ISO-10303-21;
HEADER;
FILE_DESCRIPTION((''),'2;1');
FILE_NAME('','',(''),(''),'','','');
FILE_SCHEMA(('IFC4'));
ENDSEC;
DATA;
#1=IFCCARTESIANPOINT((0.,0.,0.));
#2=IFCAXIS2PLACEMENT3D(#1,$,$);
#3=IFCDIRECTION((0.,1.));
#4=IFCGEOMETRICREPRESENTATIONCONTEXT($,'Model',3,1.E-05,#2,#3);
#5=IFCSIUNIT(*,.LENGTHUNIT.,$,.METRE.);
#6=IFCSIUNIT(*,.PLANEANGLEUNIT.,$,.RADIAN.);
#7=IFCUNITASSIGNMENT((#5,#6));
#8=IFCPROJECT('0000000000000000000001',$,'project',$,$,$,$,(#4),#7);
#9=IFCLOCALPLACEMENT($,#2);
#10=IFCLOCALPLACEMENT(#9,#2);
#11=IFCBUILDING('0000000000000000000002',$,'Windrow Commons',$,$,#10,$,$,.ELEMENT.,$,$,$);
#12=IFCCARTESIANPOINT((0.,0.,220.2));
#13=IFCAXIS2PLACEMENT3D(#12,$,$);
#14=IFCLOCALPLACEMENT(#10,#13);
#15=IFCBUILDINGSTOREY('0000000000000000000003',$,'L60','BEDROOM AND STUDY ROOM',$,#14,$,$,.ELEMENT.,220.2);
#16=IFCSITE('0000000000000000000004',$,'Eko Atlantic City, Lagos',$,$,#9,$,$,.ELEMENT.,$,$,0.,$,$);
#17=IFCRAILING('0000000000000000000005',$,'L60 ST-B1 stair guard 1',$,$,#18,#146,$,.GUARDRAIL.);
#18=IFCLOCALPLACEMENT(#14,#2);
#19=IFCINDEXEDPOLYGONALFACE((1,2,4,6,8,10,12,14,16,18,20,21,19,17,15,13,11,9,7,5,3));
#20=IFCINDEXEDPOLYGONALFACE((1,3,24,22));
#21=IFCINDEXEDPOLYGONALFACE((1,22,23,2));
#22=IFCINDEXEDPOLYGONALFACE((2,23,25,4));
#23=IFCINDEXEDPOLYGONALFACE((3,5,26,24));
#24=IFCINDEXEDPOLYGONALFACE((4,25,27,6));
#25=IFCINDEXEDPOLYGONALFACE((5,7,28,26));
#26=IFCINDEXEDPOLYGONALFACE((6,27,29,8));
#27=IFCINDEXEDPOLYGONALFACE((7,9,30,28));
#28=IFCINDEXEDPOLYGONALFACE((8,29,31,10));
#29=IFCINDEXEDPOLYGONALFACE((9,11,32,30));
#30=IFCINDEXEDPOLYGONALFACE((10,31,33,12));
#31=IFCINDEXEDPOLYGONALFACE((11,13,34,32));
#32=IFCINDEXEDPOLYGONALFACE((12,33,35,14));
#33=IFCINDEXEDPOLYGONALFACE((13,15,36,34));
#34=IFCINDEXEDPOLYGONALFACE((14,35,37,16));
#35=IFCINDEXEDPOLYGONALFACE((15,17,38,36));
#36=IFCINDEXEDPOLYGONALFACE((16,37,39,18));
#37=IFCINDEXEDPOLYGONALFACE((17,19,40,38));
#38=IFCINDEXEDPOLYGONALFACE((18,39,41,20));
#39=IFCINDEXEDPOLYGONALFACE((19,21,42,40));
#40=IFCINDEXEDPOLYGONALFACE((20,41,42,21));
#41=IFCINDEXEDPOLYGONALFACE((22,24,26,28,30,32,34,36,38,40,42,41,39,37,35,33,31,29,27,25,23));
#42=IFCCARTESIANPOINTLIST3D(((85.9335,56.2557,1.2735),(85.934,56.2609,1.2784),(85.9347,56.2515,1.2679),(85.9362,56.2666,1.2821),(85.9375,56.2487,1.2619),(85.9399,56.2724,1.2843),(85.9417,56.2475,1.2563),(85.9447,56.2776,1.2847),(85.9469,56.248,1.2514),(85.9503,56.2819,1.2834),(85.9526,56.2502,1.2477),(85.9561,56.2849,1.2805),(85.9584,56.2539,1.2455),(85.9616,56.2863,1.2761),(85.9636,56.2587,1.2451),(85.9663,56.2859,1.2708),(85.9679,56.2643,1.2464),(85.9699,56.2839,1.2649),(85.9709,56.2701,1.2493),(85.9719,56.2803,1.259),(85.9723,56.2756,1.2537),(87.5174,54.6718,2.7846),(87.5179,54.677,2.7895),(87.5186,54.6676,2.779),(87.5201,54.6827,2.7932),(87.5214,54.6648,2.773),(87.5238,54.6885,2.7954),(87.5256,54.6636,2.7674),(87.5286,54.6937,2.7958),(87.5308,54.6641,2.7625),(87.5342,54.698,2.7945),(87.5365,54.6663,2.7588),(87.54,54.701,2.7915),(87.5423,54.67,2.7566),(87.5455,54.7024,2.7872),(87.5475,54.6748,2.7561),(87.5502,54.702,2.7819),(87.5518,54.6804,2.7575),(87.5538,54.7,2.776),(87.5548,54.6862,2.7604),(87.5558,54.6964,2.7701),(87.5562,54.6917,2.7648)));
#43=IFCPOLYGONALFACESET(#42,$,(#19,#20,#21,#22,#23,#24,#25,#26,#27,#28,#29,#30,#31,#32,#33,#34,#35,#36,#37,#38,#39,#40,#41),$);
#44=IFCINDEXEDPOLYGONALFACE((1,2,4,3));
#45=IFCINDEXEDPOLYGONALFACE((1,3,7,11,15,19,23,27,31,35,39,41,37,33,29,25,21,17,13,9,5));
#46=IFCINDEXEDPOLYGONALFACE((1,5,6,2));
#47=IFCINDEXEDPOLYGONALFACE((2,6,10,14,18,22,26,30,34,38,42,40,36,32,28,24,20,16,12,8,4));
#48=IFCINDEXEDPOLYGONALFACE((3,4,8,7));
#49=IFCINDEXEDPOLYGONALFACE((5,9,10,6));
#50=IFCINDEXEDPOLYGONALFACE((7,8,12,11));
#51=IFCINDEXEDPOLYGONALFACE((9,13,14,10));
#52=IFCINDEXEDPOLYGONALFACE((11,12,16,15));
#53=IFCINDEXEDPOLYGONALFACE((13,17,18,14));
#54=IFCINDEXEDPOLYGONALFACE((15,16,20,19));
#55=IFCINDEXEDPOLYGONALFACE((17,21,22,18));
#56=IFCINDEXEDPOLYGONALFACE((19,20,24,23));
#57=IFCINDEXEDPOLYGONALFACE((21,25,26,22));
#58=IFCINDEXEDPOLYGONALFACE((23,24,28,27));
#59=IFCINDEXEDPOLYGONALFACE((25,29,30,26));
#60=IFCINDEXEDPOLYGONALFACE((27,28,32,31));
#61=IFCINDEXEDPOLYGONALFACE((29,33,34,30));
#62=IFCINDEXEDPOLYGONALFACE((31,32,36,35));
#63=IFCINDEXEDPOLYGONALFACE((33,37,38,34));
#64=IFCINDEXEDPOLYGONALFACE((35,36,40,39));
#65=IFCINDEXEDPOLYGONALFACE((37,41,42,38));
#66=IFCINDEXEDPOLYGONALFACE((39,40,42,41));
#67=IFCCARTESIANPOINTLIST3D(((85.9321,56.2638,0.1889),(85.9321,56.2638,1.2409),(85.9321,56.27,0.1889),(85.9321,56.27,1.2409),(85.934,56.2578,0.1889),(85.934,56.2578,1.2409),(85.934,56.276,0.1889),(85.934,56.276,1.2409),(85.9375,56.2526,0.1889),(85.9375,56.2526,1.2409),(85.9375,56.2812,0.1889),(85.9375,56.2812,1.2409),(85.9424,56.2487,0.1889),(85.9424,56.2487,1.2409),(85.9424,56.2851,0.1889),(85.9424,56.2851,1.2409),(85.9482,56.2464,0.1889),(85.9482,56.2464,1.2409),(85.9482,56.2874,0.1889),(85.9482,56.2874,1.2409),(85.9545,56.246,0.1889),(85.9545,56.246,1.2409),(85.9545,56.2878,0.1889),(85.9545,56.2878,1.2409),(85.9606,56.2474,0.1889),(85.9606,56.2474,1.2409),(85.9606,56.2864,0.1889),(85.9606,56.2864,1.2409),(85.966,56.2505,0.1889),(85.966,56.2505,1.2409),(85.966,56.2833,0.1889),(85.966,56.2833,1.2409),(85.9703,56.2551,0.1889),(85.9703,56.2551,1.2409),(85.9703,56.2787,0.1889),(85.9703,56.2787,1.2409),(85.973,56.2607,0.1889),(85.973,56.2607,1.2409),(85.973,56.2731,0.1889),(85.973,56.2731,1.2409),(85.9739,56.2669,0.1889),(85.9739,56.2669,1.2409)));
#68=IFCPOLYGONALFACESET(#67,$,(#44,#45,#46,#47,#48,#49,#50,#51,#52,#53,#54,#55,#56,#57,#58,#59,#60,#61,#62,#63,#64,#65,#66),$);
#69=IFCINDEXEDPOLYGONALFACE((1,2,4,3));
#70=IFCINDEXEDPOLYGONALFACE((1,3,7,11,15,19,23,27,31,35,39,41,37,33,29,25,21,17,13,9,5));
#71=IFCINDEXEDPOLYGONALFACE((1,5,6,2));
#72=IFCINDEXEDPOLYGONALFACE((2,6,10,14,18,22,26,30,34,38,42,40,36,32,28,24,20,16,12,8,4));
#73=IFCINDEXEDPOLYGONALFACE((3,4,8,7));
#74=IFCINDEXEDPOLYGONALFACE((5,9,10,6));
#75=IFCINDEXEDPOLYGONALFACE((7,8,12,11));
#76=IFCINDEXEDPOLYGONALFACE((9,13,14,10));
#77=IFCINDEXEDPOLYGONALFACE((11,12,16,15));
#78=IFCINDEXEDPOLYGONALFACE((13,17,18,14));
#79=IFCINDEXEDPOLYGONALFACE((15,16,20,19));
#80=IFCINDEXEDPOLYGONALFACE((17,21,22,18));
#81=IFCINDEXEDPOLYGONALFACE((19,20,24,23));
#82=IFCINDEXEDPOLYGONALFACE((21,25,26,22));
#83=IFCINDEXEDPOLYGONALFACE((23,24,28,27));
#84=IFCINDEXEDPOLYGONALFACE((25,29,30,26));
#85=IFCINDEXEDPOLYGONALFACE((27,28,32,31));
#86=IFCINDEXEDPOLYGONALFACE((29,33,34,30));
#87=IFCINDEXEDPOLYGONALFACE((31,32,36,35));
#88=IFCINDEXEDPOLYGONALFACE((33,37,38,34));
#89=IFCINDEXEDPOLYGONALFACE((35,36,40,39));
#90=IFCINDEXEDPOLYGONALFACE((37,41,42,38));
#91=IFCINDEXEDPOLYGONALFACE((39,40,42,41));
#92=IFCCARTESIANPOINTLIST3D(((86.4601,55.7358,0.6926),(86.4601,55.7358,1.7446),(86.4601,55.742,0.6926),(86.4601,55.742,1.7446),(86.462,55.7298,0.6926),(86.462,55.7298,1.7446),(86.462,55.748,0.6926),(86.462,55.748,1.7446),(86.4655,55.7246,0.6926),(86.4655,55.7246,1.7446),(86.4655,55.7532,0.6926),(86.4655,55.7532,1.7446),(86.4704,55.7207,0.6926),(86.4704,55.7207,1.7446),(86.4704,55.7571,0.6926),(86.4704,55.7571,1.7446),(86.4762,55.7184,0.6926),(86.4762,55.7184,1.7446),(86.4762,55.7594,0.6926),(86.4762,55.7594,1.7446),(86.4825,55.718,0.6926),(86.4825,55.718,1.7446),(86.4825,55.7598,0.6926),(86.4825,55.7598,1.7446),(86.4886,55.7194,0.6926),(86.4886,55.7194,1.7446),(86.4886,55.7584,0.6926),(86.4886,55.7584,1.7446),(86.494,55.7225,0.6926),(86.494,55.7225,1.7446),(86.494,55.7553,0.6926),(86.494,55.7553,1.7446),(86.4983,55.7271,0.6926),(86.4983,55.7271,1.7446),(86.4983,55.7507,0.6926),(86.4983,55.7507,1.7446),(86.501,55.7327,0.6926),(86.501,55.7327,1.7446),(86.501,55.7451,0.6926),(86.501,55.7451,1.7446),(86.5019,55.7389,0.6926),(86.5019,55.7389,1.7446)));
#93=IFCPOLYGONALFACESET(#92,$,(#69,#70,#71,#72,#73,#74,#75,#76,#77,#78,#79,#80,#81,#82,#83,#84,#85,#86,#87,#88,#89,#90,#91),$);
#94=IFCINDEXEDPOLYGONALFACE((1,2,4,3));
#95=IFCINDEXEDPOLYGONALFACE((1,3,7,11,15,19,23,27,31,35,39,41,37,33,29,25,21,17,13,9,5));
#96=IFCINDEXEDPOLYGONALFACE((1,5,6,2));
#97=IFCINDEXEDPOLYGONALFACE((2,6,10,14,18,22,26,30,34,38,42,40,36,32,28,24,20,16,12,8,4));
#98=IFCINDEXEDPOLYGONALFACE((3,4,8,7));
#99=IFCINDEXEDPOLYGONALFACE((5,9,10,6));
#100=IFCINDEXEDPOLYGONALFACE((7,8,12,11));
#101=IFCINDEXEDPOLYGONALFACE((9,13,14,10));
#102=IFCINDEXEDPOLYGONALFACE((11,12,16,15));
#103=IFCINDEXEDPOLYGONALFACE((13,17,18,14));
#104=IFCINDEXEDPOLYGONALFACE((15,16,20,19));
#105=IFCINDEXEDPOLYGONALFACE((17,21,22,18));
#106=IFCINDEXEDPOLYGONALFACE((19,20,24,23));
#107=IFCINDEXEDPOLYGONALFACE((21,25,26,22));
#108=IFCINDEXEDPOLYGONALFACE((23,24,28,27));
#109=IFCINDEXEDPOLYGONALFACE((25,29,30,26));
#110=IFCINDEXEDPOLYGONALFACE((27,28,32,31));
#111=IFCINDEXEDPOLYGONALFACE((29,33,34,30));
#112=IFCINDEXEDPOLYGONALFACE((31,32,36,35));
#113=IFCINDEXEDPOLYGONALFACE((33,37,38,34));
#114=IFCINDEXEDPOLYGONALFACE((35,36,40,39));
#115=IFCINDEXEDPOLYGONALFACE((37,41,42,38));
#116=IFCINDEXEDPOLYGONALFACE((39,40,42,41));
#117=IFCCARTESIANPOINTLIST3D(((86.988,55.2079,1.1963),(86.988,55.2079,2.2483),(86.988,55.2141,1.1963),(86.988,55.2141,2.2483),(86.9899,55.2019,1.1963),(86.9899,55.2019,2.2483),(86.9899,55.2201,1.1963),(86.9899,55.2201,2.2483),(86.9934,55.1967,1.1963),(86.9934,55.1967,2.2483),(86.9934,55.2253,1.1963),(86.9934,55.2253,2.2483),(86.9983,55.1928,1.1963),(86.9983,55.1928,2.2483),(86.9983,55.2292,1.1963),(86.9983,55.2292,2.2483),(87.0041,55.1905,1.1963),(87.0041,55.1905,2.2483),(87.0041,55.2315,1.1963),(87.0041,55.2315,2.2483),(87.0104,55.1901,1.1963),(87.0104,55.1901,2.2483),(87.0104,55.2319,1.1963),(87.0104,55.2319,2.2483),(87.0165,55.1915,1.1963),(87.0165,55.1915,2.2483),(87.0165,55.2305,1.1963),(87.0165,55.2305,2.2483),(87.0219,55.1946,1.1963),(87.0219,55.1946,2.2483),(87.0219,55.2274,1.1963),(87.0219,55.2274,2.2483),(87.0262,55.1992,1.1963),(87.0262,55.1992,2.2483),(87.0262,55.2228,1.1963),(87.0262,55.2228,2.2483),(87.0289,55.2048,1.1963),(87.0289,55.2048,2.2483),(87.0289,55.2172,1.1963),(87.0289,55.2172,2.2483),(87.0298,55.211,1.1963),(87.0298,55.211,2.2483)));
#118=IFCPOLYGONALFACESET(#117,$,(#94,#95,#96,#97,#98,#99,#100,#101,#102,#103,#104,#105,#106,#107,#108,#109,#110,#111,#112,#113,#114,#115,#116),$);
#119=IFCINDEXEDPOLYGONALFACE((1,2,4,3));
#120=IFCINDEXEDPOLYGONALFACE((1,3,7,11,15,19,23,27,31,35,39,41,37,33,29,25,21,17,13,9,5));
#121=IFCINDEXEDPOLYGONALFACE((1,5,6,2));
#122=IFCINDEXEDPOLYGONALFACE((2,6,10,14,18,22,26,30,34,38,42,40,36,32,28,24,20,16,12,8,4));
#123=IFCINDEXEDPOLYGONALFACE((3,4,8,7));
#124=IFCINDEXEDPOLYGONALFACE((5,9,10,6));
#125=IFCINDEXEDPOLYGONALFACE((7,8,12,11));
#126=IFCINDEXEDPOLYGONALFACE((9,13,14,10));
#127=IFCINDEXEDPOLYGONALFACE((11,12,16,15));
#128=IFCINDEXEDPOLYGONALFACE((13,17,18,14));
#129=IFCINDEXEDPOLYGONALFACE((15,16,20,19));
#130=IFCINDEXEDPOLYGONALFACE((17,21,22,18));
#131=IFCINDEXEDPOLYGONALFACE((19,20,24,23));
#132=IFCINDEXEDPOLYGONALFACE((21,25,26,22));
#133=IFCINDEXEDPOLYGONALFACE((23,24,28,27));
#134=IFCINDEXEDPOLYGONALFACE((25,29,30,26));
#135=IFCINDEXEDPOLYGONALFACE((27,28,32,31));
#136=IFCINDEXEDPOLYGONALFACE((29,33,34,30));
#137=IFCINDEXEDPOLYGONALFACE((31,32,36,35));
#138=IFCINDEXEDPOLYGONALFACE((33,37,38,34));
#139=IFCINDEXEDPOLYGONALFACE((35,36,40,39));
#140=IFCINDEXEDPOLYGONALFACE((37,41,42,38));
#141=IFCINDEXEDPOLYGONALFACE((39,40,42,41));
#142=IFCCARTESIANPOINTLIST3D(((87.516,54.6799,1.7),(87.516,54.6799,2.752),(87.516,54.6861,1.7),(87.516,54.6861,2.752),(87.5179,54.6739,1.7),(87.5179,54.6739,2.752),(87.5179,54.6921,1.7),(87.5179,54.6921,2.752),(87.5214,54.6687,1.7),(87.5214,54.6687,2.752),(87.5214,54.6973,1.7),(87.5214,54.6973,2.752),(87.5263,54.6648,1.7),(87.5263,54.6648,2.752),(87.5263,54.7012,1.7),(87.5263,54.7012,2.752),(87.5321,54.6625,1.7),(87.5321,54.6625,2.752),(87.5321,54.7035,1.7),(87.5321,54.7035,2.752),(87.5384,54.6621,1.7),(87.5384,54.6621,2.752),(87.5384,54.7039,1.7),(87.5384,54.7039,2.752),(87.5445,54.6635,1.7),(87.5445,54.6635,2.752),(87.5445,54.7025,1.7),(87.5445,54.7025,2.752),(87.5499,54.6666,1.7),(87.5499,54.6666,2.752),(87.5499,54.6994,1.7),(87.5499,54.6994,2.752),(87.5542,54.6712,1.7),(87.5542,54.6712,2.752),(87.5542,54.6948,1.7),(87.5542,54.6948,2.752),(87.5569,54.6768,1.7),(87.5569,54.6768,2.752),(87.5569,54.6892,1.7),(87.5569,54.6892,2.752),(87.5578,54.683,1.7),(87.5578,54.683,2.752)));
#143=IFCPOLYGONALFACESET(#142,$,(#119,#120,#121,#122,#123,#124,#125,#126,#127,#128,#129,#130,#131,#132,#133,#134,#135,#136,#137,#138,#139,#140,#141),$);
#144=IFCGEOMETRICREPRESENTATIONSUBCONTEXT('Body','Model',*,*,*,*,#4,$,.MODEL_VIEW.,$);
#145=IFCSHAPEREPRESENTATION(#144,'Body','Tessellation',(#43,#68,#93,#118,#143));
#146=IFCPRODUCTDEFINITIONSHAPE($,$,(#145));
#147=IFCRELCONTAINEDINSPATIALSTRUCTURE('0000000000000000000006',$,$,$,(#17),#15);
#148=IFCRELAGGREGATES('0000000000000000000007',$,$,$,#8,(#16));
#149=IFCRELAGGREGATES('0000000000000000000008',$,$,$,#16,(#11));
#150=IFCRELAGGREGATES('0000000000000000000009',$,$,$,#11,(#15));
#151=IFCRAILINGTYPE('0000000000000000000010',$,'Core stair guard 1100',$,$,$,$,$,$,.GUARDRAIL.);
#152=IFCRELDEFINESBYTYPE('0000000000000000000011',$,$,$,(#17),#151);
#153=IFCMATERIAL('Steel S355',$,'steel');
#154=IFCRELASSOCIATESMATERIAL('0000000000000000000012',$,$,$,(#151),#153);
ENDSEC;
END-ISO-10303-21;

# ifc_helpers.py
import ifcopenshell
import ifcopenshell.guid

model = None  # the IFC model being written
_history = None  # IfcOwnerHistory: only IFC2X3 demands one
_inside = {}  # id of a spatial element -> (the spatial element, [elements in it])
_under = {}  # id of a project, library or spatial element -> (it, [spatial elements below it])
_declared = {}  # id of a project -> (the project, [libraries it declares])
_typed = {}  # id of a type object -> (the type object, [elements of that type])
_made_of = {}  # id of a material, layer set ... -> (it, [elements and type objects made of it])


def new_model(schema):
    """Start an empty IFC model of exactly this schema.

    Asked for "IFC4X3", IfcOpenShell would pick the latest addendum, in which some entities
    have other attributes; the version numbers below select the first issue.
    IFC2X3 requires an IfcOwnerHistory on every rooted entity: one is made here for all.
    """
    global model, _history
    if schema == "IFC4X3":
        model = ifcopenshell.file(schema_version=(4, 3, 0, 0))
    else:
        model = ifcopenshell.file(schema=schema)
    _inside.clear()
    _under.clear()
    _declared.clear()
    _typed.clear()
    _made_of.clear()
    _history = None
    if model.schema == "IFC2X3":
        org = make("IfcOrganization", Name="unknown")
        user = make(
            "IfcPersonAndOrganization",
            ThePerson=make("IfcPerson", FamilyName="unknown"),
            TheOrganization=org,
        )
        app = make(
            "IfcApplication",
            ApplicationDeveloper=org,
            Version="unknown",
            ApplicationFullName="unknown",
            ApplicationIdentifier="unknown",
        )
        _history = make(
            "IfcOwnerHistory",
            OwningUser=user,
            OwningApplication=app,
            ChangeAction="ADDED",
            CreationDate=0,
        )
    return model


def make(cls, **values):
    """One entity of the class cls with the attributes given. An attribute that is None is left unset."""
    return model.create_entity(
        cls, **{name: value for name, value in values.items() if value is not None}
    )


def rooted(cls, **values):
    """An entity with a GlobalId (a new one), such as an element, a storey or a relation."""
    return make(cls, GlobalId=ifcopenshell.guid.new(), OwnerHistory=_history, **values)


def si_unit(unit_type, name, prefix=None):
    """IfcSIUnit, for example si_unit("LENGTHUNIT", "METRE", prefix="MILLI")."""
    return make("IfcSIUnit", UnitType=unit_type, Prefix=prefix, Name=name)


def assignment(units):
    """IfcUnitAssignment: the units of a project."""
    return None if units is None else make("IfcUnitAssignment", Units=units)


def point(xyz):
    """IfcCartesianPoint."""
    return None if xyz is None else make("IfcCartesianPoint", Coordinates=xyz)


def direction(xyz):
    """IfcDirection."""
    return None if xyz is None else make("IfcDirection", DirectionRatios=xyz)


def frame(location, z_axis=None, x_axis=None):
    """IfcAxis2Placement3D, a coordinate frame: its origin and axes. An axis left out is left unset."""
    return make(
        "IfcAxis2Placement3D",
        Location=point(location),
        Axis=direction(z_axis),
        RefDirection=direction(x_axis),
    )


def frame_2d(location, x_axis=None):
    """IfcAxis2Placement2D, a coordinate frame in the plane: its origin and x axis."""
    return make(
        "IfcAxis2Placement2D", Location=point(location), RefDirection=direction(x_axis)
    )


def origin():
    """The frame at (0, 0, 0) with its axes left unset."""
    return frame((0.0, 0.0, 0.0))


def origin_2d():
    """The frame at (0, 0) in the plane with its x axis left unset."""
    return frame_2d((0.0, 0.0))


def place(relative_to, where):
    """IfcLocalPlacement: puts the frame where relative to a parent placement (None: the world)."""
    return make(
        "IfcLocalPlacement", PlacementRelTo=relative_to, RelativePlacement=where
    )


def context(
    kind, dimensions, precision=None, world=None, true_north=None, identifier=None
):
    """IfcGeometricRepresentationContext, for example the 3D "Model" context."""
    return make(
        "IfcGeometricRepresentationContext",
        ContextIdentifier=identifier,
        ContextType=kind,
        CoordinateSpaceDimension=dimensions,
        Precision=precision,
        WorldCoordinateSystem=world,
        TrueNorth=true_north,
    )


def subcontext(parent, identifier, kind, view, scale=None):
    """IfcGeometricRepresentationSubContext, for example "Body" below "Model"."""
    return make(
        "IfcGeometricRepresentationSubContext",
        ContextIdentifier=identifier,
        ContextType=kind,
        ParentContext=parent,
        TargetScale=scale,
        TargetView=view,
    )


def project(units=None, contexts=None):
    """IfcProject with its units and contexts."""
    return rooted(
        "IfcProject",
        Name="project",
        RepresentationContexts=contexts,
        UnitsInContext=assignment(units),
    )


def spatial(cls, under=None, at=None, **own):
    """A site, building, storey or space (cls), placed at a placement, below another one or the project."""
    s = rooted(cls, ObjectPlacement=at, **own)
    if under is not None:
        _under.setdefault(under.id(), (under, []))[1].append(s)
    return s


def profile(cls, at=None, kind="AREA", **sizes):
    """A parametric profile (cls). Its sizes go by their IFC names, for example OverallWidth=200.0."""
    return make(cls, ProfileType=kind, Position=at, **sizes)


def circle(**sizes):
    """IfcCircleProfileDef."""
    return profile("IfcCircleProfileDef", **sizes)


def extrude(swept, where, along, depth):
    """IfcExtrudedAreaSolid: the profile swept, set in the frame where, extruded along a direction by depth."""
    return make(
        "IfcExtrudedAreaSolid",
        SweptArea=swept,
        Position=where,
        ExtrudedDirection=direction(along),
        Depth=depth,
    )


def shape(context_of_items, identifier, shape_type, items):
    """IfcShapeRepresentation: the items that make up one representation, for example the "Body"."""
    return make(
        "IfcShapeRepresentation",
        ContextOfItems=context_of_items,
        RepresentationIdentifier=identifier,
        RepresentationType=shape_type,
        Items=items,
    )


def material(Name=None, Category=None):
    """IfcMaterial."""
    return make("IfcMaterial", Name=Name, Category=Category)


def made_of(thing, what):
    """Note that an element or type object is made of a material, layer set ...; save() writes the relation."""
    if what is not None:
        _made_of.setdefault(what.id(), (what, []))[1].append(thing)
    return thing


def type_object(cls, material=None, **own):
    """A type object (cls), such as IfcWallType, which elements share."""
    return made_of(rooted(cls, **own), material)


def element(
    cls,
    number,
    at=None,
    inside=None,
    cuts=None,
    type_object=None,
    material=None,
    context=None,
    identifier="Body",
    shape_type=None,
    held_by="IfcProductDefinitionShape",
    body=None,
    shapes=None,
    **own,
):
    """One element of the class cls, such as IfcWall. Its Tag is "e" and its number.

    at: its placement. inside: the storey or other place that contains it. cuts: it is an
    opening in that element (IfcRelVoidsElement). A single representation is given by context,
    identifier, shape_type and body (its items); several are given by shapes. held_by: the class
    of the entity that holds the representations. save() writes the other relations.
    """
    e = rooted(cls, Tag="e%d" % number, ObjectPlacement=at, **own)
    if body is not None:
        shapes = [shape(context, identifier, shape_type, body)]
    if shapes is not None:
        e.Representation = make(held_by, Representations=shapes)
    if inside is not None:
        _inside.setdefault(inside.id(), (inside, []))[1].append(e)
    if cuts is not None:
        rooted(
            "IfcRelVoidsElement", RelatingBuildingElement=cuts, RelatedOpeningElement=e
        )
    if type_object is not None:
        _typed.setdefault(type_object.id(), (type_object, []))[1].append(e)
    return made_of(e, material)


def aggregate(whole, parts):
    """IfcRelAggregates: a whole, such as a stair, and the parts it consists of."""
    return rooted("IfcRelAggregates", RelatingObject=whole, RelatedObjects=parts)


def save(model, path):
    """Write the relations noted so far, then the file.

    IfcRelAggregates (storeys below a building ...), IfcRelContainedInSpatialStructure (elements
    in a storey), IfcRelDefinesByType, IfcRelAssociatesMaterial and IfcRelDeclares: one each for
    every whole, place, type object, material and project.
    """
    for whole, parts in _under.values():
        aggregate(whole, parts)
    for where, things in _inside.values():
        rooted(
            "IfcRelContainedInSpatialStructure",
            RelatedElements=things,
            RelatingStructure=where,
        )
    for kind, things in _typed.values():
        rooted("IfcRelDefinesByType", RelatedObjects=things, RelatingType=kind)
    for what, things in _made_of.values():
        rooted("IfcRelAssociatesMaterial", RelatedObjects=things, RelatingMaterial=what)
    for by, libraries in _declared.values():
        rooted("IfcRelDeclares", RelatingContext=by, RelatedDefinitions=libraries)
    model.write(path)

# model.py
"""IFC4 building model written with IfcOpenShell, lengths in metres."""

from ifc_helpers import new_model, si_unit, direction, frame, origin, origin_2d, place, context, subcontext, project, spatial, circle, extrude, material, type_object, element, save


model = new_model("IFC4")

# Units and contexts
model_context = context("Model", 3, precision=1e-05, world=origin(), true_north=direction((0.0, 1.0)))
body_context = subcontext(model_context, "Body", "Model", "MODEL_VIEW")
ifc_project = project(units=[si_unit("LENGTHUNIT", "METRE"), si_unit("PLANEANGLEUNIT", "RADIAN")], contexts=[model_context])

# Site, building, storey
site_placement = place(None, origin())
site = spatial("IfcSite", under=ifc_project, at=site_placement, Name="Eko Atlantic City, Lagos", CompositionType="ELEMENT", RefElevation=0.0)
building_placement = place(site_placement, origin())
building = spatial("IfcBuilding", under=site, at=building_placement, Name="Windrow Commons", CompositionType="ELEMENT")
storey_placement = place(building_placement, frame((0.0, 0.0, 220.2)))
storey = spatial("IfcBuildingStorey", under=building, at=storey_placement, Name="L60", Description="BEDROOM AND STUDY ROOM", CompositionType="ELEMENT", Elevation=220.2)

# Railing
ifc_material_1 = material(Name="Steel S355", Category="steel")
railing_type_1 = type_object("IfcRailingType", Name="Core stair guard 1100", PredefinedType="GUARDRAIL", material=ifc_material_1)
railing_1_placement = place(storey_placement, frame((85.9529, 56.2669, 0.1889)))
element("IfcRailing", 1, at=railing_1_placement, inside=storey, type_object=railing_type_1, Name="L60 ST-B1 stair guard 1", PredefinedType="GUARDRAIL", context=body_context, shape_type="SweptSolid", body=[
    extrude(circle(Radius=0.024, at=origin_2d()), frame((0.0, 0.0, 1.076), z_axis=(0.586191, -0.586191, 0.559249), x_axis=(0.707107, 0.707107, 0.0)), (0.0, 0.0, 1.0), 2.702),
    extrude(circle(Radius=0.021, at=origin_2d()), origin(), (0.0, 0.0, 1.0), 1.052),
    extrude(circle(Radius=0.021, at=origin_2d()), frame((0.528, -0.528, 0.5037)), (0.0, 0.0, 1.0), 1.052),
    extrude(circle(Radius=0.021, at=origin_2d()), frame((1.0559, -1.0559, 1.0074)), (0.0, 0.0, 1.0), 1.052),
    extrude(circle(Radius=0.021, at=origin_2d()), frame((1.5839, -1.5839, 1.5111)), (0.0, 0.0, 1.0), 1.052),
])

save(model, "model.ifc")
